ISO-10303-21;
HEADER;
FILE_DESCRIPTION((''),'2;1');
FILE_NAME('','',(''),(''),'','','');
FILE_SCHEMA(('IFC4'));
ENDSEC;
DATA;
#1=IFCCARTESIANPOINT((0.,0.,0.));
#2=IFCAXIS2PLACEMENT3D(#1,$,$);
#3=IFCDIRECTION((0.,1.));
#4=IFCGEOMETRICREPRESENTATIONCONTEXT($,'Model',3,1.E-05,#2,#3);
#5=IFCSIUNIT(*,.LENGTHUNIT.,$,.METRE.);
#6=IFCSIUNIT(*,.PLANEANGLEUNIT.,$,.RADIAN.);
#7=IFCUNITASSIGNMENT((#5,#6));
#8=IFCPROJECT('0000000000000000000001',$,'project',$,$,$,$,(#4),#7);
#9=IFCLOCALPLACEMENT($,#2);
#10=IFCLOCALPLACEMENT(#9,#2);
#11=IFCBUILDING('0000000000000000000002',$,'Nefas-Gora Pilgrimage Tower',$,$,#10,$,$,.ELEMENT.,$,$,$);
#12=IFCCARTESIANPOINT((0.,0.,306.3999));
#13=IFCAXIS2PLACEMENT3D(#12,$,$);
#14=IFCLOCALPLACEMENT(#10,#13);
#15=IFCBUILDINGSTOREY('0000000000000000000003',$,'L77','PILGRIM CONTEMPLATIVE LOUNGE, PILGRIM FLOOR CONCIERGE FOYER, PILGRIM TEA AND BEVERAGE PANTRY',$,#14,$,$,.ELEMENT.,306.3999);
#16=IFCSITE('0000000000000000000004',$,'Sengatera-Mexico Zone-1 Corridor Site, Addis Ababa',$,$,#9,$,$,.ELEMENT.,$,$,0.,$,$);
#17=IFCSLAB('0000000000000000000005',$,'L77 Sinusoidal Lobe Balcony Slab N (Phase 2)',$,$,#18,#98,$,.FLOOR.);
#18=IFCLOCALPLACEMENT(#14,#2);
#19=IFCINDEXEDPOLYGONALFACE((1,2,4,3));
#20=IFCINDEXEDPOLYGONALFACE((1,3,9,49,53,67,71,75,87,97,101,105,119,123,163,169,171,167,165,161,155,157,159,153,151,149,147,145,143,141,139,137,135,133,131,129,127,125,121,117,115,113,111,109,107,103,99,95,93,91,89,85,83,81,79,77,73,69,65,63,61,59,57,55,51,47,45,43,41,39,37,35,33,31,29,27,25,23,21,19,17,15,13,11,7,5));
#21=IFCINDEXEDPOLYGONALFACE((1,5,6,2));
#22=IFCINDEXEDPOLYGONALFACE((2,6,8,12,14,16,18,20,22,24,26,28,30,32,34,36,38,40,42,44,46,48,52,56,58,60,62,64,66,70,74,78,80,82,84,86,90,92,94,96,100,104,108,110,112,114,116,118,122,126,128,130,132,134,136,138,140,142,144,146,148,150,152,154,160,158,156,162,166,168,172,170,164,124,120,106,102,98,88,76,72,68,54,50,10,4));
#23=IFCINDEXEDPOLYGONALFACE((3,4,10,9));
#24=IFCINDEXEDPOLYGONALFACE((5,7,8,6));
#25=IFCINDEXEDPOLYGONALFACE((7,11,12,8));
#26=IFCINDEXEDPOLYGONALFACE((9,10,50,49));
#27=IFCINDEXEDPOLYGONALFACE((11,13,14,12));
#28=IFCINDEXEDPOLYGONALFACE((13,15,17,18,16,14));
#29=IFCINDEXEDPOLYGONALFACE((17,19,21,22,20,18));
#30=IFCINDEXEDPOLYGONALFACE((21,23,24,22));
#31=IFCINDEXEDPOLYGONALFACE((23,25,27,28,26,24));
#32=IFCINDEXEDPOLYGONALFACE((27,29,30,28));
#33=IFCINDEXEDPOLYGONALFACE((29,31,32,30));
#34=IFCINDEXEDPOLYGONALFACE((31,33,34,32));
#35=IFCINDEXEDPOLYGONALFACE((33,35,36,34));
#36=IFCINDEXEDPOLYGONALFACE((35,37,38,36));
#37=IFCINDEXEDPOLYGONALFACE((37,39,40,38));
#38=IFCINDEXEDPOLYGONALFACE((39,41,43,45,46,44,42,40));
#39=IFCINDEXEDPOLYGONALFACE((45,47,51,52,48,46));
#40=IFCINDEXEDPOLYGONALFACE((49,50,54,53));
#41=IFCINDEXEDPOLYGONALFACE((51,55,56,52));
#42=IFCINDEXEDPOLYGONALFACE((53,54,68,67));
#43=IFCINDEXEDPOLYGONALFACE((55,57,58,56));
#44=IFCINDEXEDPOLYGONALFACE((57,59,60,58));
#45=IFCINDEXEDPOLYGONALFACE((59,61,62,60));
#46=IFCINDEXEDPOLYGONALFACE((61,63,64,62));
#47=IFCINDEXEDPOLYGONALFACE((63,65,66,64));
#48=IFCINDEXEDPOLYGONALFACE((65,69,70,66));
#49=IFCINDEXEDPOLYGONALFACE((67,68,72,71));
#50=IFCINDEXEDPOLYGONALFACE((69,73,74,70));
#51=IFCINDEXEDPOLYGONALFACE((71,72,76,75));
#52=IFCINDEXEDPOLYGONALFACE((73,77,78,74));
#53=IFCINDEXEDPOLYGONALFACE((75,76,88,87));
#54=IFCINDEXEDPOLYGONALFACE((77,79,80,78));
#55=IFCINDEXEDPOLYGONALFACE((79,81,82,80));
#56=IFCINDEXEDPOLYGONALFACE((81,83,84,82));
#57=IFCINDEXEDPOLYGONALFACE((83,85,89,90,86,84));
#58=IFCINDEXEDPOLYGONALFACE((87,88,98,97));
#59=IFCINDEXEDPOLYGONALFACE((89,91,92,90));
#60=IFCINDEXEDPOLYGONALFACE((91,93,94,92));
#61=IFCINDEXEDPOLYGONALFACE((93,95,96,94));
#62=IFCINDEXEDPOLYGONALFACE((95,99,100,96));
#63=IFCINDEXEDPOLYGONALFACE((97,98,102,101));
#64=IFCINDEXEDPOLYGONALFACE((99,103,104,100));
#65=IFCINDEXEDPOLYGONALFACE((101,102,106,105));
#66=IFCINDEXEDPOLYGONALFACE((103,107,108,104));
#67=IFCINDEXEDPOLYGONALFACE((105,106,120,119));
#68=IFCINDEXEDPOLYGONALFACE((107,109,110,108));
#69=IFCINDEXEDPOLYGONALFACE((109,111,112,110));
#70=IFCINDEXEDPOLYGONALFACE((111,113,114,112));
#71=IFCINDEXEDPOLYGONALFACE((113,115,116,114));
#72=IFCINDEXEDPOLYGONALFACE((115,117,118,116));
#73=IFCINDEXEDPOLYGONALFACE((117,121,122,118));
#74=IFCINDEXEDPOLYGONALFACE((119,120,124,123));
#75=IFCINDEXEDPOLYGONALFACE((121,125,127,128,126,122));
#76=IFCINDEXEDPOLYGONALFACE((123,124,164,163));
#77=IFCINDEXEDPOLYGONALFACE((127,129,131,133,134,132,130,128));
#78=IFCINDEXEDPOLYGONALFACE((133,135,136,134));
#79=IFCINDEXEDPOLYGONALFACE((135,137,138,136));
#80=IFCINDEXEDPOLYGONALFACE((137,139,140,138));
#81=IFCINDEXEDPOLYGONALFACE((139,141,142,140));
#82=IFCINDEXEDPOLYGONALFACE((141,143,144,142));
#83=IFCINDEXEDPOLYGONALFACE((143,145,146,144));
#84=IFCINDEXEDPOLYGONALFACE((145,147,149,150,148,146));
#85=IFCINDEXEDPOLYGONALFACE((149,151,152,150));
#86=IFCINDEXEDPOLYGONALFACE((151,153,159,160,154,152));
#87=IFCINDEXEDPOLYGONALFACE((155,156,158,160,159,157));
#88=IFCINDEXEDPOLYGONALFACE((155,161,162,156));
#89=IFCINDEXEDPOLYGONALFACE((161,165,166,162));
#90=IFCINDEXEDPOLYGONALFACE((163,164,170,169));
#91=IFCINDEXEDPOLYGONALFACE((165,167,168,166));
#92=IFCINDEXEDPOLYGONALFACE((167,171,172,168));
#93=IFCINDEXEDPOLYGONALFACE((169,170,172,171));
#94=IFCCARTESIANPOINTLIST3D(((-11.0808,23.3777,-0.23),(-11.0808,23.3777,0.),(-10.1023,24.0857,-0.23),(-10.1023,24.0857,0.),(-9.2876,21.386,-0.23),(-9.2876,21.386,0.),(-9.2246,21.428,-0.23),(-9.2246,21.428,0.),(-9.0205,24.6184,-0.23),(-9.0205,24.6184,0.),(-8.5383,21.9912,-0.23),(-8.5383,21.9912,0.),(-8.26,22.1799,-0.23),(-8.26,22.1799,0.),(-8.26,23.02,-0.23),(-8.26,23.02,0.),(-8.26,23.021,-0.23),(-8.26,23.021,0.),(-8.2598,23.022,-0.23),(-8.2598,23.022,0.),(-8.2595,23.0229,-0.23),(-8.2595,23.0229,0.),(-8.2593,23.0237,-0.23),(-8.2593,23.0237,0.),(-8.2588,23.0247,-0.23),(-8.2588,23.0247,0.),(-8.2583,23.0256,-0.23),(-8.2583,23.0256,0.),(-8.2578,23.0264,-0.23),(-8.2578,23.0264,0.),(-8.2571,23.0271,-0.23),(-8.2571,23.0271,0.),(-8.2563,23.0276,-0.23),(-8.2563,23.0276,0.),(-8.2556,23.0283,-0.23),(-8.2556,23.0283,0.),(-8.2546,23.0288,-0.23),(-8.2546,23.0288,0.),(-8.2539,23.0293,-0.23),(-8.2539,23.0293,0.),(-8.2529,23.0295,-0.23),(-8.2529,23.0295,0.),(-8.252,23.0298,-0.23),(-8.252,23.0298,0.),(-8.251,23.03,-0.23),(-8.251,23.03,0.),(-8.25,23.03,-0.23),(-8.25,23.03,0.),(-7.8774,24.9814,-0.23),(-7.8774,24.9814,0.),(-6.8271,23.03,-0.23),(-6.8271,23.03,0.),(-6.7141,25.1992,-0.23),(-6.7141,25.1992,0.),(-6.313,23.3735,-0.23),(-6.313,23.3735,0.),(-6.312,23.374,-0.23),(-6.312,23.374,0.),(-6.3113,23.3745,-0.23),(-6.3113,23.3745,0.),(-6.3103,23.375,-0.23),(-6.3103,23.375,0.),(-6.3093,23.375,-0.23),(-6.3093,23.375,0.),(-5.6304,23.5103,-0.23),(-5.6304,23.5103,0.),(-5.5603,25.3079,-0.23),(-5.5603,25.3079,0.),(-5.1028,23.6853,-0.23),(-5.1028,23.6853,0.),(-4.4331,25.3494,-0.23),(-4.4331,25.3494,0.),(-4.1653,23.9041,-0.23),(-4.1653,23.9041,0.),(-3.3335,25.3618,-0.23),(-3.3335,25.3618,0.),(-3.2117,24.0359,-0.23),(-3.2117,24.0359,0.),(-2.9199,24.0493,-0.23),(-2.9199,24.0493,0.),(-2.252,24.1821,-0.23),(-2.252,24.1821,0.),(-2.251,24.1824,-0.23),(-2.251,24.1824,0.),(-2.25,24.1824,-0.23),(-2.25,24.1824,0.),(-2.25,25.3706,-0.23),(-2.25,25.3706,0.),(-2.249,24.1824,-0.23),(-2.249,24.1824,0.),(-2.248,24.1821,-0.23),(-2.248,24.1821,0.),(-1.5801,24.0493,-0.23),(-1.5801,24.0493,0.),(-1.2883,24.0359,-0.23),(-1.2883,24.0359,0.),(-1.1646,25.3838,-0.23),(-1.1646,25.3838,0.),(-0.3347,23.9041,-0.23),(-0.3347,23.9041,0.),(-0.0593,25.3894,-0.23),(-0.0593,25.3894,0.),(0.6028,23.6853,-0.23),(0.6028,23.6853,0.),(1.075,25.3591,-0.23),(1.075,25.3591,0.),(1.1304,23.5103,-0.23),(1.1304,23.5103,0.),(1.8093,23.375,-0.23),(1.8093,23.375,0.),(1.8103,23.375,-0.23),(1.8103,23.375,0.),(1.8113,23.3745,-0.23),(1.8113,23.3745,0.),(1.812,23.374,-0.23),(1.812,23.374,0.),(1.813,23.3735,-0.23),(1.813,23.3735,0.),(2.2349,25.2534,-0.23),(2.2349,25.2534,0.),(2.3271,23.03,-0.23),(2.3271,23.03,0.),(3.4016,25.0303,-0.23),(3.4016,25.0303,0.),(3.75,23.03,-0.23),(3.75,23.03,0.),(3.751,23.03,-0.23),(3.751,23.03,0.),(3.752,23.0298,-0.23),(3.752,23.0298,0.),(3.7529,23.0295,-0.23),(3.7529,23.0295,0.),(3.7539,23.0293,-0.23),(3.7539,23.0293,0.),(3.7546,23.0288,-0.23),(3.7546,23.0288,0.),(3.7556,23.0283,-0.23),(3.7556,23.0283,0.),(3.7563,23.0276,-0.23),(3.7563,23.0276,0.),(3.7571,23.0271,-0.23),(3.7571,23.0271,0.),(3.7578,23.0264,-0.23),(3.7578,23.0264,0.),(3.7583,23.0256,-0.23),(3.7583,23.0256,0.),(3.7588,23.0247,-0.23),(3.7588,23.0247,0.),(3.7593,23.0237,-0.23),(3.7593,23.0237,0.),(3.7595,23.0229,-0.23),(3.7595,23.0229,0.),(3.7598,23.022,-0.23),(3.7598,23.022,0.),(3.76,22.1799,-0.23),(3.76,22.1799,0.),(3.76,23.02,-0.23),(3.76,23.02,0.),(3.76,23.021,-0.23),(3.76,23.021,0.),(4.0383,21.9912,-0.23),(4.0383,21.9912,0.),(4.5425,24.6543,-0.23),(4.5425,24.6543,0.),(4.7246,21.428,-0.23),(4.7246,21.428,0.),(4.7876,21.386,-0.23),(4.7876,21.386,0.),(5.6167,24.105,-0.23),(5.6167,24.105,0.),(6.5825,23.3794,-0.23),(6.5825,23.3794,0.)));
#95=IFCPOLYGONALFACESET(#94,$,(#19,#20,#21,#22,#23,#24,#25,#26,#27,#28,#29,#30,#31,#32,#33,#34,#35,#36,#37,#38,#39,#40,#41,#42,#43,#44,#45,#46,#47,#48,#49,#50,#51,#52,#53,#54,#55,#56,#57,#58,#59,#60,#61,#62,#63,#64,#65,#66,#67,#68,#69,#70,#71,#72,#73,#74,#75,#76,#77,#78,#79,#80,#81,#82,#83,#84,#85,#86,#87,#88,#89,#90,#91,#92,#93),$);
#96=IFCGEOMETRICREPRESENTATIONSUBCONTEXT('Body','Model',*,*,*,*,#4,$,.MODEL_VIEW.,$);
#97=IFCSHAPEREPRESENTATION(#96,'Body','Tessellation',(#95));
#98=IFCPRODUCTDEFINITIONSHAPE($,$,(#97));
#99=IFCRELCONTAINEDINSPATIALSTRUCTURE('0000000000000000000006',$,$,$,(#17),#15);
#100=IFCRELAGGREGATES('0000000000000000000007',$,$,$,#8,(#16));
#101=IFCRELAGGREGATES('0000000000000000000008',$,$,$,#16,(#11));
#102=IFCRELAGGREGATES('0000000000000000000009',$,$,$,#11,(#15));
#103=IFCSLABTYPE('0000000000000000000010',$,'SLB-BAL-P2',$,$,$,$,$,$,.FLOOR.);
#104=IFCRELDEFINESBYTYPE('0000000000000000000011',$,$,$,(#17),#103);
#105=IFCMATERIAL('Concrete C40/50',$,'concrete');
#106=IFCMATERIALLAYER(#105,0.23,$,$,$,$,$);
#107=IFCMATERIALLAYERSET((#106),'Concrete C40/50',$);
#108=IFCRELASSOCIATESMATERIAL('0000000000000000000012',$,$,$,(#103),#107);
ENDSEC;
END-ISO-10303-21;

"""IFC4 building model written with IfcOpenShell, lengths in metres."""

from ifc_helpers import new_model, si_unit, direction, frame, origin, place, context, subcontext, project, spatial, polyline, outline, extrude, material, layer, layer_set, type_object, element, save


model = new_model("IFC4")

# Units and contexts
model_context = context("Model", 3, precision=1e-05, world=origin(), true_north=direction((0.0, 1.0)))
body_context = subcontext(model_context, "Body", "Model", "MODEL_VIEW")
ifc_project = project(units=[si_unit("LENGTHUNIT", "METRE"), si_unit("PLANEANGLEUNIT", "RADIAN")], contexts=[model_context])

# Site, building, storey
site_placement = place(None, origin())
site = spatial("IfcSite", under=ifc_project, at=site_placement, Name="Sengatera-Mexico Zone-1 Corridor Site, Addis Ababa", CompositionType="ELEMENT", RefElevation=0.0)
building_placement = place(site_placement, origin())
building = spatial("IfcBuilding", under=site, at=building_placement, Name="Nefas-Gora Pilgrimage Tower", CompositionType="ELEMENT")
storey_placement = place(building_placement, frame((0.0, 0.0, 306.3999)))
storey = spatial("IfcBuildingStorey", under=building, at=storey_placement, Name="L77", Description="PILGRIM CONTEMPLATIVE LOUNGE, PILGRIM FLOOR CONCIERGE FOYER, PILGRIM TEA AND BEVERAGE PANTRY", CompositionType="ELEMENT", Elevation=306.3999)

# Slab
ifc_material_1 = material(Name="Concrete C40/50", Category="concrete")
ifc_layer_1 = layer(ifc_material_1, 0.23)
ifc_layer_set_1 = layer_set([ifc_layer_1], Name="Concrete C40/50")
slab_type_1 = type_object("IfcSlabType", Name="SLB-BAL-P2", PredefinedType="FLOOR", material=ifc_layer_set_1)
slab_1_placement = place(storey_placement, frame((0.0, 0.0, -0.23)))
element("IfcSlab", 1, at=slab_1_placement, inside=storey, type_object=slab_type_1, Name="L77 Sinusoidal Lobe Balcony Slab N (Phase 2)", PredefinedType="FLOOR", context=body_context, shape_type="SweptSolid", body=[
    extrude(outline(polyline([(-9.2876, 21.386), (-9.2246, 21.428), (-8.5383, 21.9912), (-8.26, 22.1799), (-8.26, 23.02), (-8.26, 23.021), (-8.2598, 23.022), (-8.2595, 23.0229), (-8.2593, 23.0237), (-8.2588, 23.0247), (-8.2583, 23.0256), (-8.2578, 23.0264), (-8.2571, 23.0271), (-8.2563, 23.0276), (-8.2556, 23.0283), (-8.2546, 23.0288), (-8.2539, 23.0293), (-8.2529, 23.0295), (-8.252, 23.0298), (-8.251, 23.03), (-8.25, 23.03), (-6.8271, 23.03), (-6.313, 23.3735), (-6.312, 23.374), (-6.3113, 23.3745), (-6.3103, 23.375), (-6.3093, 23.375), (-5.6304, 23.5103), (-5.1028, 23.6853), (-4.1653, 23.9041), (-3.2117, 24.0359), (-2.9199, 24.0493), (-2.252, 24.1821), (-2.251, 24.1824), (-2.25, 24.1824), (-2.249, 24.1824), (-2.248, 24.1821), (-1.5801, 24.0493), (-1.2883, 24.0359), (-0.3347, 23.9041), (0.6028, 23.6853), (1.1304, 23.5103), (1.8093, 23.375), (1.8103, 23.375), (1.8113, 23.3745), (1.812, 23.374), (1.813, 23.3735), (2.3271, 23.03), (3.75, 23.03), (3.751, 23.03), (3.752, 23.0298), (3.7529, 23.0295), (3.7539, 23.0293), (3.7546, 23.0288), (3.7556, 23.0283), (3.7563, 23.0276), (3.7571, 23.0271), (3.7578, 23.0264), (3.7583, 23.0256), (3.7588, 23.0247), (3.7593, 23.0237), (3.7595, 23.0229), (3.7598, 23.022), (3.76, 23.021), (3.76, 23.02), (3.76, 22.1799), (4.0383, 21.9912), (4.7246, 21.428), (4.7876, 21.386), (6.5825, 23.3794), (5.6167, 24.105), (4.5425, 24.6543), (3.4016, 25.0303), (2.2349, 25.2534), (1.075, 25.3591), (-0.0593, 25.3894), (-1.1646, 25.3838), (-2.25, 25.3706), (-3.3335, 25.3618), (-4.4331, 25.3494), (-5.5603, 25.3079), (-6.7141, 25.1992), (-7.8774, 24.9814), (-9.0205, 24.6184), (-10.1023, 24.0857), (-11.0808, 23.3777), (-9.2876, 21.386)])), origin(), (0.0, 0.0, 1.0), 0.23),
])

save(model, "model.ifc")
